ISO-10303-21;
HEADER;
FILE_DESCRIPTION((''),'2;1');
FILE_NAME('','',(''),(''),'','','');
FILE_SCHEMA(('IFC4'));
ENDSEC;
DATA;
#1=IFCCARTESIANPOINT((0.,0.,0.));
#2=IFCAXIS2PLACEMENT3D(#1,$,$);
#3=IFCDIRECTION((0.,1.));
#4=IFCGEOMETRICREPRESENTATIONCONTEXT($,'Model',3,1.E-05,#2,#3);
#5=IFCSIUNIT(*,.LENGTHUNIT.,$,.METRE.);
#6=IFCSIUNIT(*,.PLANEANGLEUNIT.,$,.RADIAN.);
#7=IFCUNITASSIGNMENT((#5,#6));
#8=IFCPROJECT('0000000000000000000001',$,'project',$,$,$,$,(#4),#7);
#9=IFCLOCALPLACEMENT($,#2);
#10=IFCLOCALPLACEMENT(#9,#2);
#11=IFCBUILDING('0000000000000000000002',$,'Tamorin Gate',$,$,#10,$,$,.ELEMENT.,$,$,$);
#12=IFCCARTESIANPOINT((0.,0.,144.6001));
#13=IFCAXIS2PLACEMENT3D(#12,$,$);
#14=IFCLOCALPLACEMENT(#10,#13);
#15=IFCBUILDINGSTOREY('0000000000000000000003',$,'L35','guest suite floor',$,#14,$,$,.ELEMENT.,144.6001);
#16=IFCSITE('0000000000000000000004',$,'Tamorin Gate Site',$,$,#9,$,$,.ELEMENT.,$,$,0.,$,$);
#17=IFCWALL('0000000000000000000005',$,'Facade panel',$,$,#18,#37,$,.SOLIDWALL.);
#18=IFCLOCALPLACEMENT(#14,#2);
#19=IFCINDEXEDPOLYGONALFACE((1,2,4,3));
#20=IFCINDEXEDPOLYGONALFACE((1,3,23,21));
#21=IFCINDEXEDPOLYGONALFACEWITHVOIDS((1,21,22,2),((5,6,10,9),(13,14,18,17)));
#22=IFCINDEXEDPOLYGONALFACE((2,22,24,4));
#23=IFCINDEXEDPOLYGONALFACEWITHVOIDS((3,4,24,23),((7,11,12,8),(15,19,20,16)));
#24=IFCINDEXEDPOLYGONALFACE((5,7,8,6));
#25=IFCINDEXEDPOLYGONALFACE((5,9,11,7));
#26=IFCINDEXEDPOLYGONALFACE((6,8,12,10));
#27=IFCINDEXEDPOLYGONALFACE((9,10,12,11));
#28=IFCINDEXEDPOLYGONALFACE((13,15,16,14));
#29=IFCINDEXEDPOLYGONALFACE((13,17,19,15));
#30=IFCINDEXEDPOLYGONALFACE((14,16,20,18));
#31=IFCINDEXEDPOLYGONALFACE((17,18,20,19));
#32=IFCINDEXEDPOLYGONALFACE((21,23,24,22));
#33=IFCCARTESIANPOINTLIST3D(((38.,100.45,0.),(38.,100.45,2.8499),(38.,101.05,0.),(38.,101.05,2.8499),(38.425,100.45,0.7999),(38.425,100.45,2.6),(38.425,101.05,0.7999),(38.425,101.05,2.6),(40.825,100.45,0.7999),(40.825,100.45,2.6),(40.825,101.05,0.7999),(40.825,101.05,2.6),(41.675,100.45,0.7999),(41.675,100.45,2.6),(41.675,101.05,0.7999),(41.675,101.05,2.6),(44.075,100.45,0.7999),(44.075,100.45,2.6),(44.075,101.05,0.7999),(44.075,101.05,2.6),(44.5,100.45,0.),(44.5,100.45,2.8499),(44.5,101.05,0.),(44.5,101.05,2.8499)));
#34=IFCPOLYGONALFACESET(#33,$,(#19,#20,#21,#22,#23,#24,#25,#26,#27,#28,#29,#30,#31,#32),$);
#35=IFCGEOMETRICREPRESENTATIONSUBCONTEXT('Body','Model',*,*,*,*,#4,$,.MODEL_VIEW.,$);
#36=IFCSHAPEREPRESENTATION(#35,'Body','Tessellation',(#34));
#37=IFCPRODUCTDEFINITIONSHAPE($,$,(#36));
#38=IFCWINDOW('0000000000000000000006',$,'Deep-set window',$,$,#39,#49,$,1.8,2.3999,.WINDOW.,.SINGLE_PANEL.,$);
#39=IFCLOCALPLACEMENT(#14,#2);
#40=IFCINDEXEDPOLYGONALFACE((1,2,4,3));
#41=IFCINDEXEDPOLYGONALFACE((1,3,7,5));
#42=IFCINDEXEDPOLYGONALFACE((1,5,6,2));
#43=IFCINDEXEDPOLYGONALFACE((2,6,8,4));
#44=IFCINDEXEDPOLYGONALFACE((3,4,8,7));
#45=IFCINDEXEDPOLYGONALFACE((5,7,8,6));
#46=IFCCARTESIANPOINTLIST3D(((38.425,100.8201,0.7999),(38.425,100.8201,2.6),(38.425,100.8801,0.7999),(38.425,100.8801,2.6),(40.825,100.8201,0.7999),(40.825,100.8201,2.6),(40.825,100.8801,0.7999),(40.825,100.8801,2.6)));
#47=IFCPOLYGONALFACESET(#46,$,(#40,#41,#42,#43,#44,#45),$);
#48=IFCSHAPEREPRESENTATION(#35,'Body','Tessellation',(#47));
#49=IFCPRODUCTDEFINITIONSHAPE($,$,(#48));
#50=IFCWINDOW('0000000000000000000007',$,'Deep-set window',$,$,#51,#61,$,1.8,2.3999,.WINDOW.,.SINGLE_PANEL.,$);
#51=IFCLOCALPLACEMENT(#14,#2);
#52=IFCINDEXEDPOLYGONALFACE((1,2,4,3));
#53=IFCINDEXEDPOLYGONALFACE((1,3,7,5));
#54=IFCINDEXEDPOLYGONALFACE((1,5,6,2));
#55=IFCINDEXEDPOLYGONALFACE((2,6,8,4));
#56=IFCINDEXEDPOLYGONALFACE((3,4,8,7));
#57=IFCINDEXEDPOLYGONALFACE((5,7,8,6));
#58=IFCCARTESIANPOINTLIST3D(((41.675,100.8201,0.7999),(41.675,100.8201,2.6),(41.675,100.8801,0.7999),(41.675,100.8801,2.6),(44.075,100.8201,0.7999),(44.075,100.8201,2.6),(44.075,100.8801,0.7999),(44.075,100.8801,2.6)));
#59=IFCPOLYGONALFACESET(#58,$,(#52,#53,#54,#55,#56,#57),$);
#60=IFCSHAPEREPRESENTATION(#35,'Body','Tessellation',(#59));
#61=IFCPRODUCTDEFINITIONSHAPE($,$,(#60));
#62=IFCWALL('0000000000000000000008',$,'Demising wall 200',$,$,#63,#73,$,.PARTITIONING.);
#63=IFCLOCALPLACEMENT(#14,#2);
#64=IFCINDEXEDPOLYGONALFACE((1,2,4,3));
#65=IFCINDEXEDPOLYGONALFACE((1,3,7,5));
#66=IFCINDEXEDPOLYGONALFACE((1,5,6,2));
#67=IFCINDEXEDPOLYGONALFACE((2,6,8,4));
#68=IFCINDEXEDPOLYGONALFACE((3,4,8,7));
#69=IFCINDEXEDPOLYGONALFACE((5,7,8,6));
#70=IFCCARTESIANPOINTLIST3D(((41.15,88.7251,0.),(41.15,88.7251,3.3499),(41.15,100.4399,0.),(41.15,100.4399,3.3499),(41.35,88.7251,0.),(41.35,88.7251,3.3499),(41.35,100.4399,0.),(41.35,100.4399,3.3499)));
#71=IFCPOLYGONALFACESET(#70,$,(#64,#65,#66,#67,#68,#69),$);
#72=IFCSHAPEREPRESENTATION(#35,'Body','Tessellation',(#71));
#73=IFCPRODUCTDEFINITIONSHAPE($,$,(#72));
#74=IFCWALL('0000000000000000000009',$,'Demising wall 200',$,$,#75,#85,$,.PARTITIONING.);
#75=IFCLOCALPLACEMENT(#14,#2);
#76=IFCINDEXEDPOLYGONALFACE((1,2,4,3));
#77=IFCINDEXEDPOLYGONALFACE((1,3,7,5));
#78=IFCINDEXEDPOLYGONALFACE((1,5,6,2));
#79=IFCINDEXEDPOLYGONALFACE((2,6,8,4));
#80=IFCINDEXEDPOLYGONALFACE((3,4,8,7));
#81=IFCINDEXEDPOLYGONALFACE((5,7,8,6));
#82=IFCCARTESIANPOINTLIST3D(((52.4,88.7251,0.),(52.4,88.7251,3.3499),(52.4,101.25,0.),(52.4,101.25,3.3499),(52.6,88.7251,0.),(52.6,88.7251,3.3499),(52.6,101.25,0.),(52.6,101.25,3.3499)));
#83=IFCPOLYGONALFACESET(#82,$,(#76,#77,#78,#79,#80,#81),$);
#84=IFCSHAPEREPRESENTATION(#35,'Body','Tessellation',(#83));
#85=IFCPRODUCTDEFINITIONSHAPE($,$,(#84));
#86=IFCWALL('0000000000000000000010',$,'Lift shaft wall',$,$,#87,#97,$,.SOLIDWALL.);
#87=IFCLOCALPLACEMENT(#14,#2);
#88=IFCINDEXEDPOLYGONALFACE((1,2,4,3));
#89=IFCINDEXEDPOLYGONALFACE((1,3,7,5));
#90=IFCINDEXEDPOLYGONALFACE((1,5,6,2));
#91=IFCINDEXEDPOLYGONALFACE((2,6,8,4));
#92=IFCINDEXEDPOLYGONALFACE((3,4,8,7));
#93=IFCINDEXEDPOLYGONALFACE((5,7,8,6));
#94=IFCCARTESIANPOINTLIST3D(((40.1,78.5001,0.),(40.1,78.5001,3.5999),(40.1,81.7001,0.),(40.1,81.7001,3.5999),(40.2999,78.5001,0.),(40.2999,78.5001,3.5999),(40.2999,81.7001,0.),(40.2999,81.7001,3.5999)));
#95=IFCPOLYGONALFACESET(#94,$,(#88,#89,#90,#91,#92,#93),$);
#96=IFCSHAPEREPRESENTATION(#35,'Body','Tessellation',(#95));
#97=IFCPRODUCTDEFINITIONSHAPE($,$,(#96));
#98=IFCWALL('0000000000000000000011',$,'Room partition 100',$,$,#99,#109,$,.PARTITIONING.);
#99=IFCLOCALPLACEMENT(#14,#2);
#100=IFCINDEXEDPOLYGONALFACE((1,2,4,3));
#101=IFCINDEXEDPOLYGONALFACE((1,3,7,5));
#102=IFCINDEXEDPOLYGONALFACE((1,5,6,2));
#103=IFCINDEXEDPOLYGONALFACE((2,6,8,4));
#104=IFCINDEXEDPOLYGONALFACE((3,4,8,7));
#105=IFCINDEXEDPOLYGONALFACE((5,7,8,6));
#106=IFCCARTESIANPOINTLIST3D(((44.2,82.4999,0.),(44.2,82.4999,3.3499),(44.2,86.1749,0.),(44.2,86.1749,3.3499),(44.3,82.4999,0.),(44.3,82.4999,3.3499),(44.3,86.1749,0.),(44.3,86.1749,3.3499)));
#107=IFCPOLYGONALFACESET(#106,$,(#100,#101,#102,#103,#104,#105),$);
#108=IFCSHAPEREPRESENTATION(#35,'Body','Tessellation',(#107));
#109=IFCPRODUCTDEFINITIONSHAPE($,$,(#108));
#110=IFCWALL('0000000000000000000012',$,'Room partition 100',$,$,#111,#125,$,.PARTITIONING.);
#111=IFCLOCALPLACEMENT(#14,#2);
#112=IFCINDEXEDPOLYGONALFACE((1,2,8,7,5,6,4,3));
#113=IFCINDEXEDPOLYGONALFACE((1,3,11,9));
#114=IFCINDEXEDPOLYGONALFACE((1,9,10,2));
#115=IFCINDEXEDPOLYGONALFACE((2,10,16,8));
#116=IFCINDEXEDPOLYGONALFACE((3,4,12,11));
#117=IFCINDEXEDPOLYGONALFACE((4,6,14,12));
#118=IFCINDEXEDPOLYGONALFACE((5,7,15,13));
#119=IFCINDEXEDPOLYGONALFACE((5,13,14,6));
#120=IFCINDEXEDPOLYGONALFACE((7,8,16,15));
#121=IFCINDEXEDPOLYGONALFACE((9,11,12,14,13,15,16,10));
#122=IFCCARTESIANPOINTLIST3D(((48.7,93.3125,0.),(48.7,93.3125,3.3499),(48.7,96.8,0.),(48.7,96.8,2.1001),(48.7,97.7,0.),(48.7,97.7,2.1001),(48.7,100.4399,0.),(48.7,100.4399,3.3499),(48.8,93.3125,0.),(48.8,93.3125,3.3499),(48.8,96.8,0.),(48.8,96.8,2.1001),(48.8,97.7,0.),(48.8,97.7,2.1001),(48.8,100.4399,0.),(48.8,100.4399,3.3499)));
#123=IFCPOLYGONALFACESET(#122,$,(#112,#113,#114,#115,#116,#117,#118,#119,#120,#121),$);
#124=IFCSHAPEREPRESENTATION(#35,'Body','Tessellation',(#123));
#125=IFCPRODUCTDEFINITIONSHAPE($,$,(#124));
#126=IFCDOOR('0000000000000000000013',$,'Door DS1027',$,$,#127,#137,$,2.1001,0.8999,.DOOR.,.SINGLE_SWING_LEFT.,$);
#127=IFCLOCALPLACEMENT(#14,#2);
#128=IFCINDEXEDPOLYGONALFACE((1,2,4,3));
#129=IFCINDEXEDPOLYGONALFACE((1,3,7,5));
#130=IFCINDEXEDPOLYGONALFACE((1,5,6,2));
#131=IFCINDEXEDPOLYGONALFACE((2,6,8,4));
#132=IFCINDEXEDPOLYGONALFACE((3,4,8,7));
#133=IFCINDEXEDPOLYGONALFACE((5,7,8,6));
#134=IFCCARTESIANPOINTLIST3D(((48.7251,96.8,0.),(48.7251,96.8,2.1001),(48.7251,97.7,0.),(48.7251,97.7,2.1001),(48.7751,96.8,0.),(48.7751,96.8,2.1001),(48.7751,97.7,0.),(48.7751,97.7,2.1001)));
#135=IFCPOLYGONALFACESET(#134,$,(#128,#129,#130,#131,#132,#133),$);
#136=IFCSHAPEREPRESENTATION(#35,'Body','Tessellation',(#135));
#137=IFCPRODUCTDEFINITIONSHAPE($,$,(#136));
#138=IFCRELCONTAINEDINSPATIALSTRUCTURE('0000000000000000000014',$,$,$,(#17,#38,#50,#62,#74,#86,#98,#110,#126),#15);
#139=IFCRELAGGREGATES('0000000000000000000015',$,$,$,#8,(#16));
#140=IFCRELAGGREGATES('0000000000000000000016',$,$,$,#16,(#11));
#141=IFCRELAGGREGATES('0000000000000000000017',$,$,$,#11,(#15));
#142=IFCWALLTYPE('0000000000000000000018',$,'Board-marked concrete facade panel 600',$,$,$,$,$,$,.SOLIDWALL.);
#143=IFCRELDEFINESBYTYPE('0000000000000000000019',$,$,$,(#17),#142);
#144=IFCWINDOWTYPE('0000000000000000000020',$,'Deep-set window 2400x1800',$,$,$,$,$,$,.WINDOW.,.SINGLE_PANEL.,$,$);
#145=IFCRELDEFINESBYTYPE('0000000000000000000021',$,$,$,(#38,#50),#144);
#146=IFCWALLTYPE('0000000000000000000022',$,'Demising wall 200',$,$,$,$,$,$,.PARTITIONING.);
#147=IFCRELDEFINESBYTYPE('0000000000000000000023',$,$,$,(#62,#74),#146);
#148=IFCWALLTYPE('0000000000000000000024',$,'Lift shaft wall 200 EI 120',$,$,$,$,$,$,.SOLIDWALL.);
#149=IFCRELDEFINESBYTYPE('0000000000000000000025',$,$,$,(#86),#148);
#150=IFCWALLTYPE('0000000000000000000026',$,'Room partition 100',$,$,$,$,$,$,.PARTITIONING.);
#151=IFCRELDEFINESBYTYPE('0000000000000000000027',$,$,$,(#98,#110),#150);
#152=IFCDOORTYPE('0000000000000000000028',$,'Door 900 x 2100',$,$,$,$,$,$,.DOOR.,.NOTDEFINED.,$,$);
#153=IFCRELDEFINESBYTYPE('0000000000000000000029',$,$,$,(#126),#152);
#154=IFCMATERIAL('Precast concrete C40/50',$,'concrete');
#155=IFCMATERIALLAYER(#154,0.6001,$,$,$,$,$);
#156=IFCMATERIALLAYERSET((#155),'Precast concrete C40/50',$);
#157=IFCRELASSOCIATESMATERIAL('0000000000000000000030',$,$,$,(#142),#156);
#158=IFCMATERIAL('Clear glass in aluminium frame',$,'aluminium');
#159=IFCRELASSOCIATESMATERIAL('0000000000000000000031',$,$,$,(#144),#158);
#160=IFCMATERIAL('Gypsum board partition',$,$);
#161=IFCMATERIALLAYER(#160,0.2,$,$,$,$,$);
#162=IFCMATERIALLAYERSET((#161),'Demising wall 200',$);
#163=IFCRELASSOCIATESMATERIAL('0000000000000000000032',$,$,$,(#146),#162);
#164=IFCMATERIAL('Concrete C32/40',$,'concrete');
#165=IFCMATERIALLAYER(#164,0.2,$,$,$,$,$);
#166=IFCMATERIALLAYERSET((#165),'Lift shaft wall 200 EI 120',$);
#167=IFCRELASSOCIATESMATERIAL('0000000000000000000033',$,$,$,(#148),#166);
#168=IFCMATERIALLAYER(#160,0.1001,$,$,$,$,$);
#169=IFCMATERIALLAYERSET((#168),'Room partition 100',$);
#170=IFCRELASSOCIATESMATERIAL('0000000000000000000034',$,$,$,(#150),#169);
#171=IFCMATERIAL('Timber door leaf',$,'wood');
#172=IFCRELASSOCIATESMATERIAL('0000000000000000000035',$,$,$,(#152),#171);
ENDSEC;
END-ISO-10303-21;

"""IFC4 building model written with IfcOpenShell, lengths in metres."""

from ifc_helpers import new_model, si_unit, direction, frame, frame_2d, origin, place, context, subcontext, project, spatial, rectangle, extrude, material, layer, layer_set, type_object, element, fill, save


model = new_model("IFC4")

# Units and contexts
model_context = context("Model", 3, precision=1e-05, world=origin(), true_north=direction((0.0, 1.0)))
body_context = subcontext(model_context, "Body", "Model", "MODEL_VIEW")
ifc_project = project(units=[si_unit("LENGTHUNIT", "METRE"), si_unit("PLANEANGLEUNIT", "RADIAN")], contexts=[model_context])

# Site, building, storey
site_placement = place(None, origin())
site = spatial("IfcSite", under=ifc_project, at=site_placement, Name="Tamorin Gate Site", CompositionType="ELEMENT", RefElevation=0.0)
building_placement = place(site_placement, origin())
building = spatial("IfcBuilding", under=site, at=building_placement, Name="Tamorin Gate", CompositionType="ELEMENT")
storey_placement = place(building_placement, frame((0.0, 0.0, 144.6001)))
storey = spatial("IfcBuildingStorey", under=building, at=storey_placement, Name="L35", Description="guest suite floor", CompositionType="ELEMENT", Elevation=144.6001)

# Wall, openings, windows
ifc_material_1 = material(Name="Precast concrete C40/50", Category="concrete")
ifc_layer_1 = layer(ifc_material_1, 0.6001)
ifc_layer_set_1 = layer_set([ifc_layer_1], Name="Precast concrete C40/50")
wall_type_1 = type_object("IfcWallType", Name="Board-marked concrete facade panel 600", PredefinedType="SOLIDWALL", material=ifc_layer_set_1)
ifc_material_2 = material(Name="Clear glass in aluminium frame", Category="aluminium")
window_type = type_object("IfcWindowType", Name="Deep-set window 2400x1800", PartitioningType="SINGLE_PANEL", PredefinedType="WINDOW", material=ifc_material_2)
wall_1_placement = place(storey_placement, frame((44.5, 100.75, 0.0), z_axis=(0.0, 0.0, 1.0), x_axis=(-1.0, 0.0, 0.0)))
wall_1 = element("IfcWall", 1, at=wall_1_placement, inside=storey, type_object=wall_type_1, Name="Facade panel", PredefinedType="SOLIDWALL", context=body_context, shape_type="SweptSolid", body=[
    extrude(rectangle(XDim=6.5, YDim=0.6001, at=frame_2d((3.25, 0.0))), origin(), (0.0, 0.0, 1.0), 2.8499),
])
opening_1_placement = place(wall_1_placement, frame((3.675, 0.0, 0.8)))
opening_1 = element("IfcOpeningElement", 2, at=opening_1_placement, cuts=wall_1, PredefinedType="OPENING", context=body_context, shape_type="SweptSolid", body=[
    extrude(rectangle(XDim=2.3999, YDim=1.8, at=frame_2d((1.2, 0.8999))), frame((0.0, 0.3101, 0.0), z_axis=(0.0, -1.0, 0.0), x_axis=(1.0, 0.0, 0.0)), (0.0, 0.0, 1.0), 0.6201),
])
opening_2_placement = place(wall_1_placement, frame((0.425, 0.0, 0.8)))
opening_2 = element("IfcOpeningElement", 3, at=opening_2_placement, cuts=wall_1, PredefinedType="OPENING", context=body_context, shape_type="SweptSolid", body=[
    extrude(rectangle(XDim=2.3999, YDim=1.8, at=frame_2d((1.2, 0.8999))), frame((0.0, 0.3101, 0.0), z_axis=(0.0, -1.0, 0.0), x_axis=(1.0, 0.0, 0.0)), (0.0, 0.0, 1.0), 0.6201),
])
window_1_placement = place(opening_1_placement, origin())
window_1 = element("IfcWindow", 4, at=window_1_placement, inside=storey, type_object=window_type, Name="Deep-set window", OverallHeight=1.8, OverallWidth=2.3999, PartitioningType="SINGLE_PANEL", PredefinedType="WINDOW", context=body_context, shape_type="SweptSolid", body=[
    extrude(rectangle(XDim=2.3999, YDim=1.8, at=frame_2d((1.2, 0.8999))), frame((0.0, -0.0701, 0.0), z_axis=(0.0, -1.0, 0.0), x_axis=(1.0, 0.0, 0.0)), (0.0, 0.0, 1.0), 0.0601),
])
fill(opening_1, window_1)
window_2_placement = place(opening_2_placement, origin())
window_2 = element("IfcWindow", 5, at=window_2_placement, inside=storey, type_object=window_type, Name="Deep-set window", OverallHeight=1.8, OverallWidth=2.3999, PartitioningType="SINGLE_PANEL", PredefinedType="WINDOW", context=body_context, shape_type="SweptSolid", body=[
    extrude(rectangle(XDim=2.3999, YDim=1.8, at=frame_2d((1.2, 0.8999))), frame((0.0, -0.0701, 0.0), z_axis=(0.0, -1.0, 0.0), x_axis=(1.0, 0.0, 0.0)), (0.0, 0.0, 1.0), 0.0601),
])
fill(opening_2, window_2)

# Walls
ifc_material_3 = material(Name="Gypsum board partition")
ifc_layer_2 = layer(ifc_material_3, 0.2)
ifc_layer_set_2 = layer_set([ifc_layer_2], Name="Demising wall 200")
wall_type_2 = type_object("IfcWallType", Name="Demising wall 200", PredefinedType="PARTITIONING", material=ifc_layer_set_2)
wall_2_placement = place(storey_placement, frame((41.25, 88.7251, 0.0), z_axis=(0.0, 0.0, 1.0), x_axis=(0.0, 1.0, 0.0)))
element("IfcWall", 6, at=wall_2_placement, inside=storey, type_object=wall_type_2, Name="Demising wall 200", PredefinedType="PARTITIONING", context=body_context, shape_type="SweptSolid", body=[
    extrude(rectangle(XDim=11.7148, YDim=0.2, at=frame_2d((5.8574, 0.0))), origin(), (0.0, 0.0, 1.0), 3.3499),
])
wall_3_placement = place(storey_placement, frame((52.5, 88.7251, 0.0), z_axis=(0.0, 0.0, 1.0), x_axis=(0.0, 1.0, 0.0)))
element("IfcWall", 7, at=wall_3_placement, inside=storey, type_object=wall_type_2, Name="Demising wall 200", PredefinedType="PARTITIONING", context=body_context, shape_type="SweptSolid", body=[
    extrude(rectangle(XDim=12.5249, YDim=0.2, at=frame_2d((6.2625, 0.0))), origin(), (0.0, 0.0, 1.0), 3.3499),
])
ifc_material_4 = material(Name="Concrete C32/40", Category="concrete")
ifc_layer_3 = layer(ifc_material_4, 0.2)
ifc_layer_set_3 = layer_set([ifc_layer_3], Name="Lift shaft wall 200 EI 120")
wall_type_3 = type_object("IfcWallType", Name="Lift shaft wall 200 EI 120", PredefinedType="SOLIDWALL", material=ifc_layer_set_3)
wall_4_placement = place(storey_placement, frame((40.2, 78.5, 0.0), z_axis=(0.0, 0.0, 1.0), x_axis=(0.0, 1.0, 0.0)))
element("IfcWall", 8, at=wall_4_placement, inside=storey, type_object=wall_type_3, Name="Lift shaft wall", PredefinedType="SOLIDWALL", context=body_context, shape_type="SweptSolid", body=[
    extrude(rectangle(XDim=3.2, YDim=0.2, at=frame_2d((1.6001, 0.0))), origin(), (0.0, 0.0, 1.0), 3.5999),
])
ifc_layer_4 = layer(ifc_material_3, 0.1001)
ifc_layer_set_4 = layer_set([ifc_layer_4], Name="Room partition 100")
wall_type_4 = type_object("IfcWallType", Name="Room partition 100", PredefinedType="PARTITIONING", material=ifc_layer_set_4)
wall_5_placement = place(storey_placement, frame((44.25, 82.5, 0.0), z_axis=(0.0, 0.0, 1.0), x_axis=(0.0, 1.0, 0.0)))
element("IfcWall", 9, at=wall_5_placement, inside=storey, type_object=wall_type_4, Name="Room partition 100", PredefinedType="PARTITIONING", context=body_context, shape_type="SweptSolid", body=[
    extrude(rectangle(XDim=3.675, YDim=0.1001, at=frame_2d((1.8374, 0.0))), origin(), (0.0, 0.0, 1.0), 3.3499),
])

# Wall, opening, door
wall_6_placement = place(storey_placement, frame((48.75, 93.3125, 0.0), z_axis=(0.0, 0.0, 1.0), x_axis=(0.0, 1.0, 0.0)))
wall_6 = element("IfcWall", 10, at=wall_6_placement, inside=storey, type_object=wall_type_4, Name="Room partition 100", PredefinedType="PARTITIONING", context=body_context, shape_type="SweptSolid", body=[
    extrude(rectangle(XDim=7.1274, YDim=0.1001, at=frame_2d((3.5637, 0.0))), origin(), (0.0, 0.0, 1.0), 3.3499),
])
opening_3_placement = place(wall_6_placement, frame((3.4875, 0.0, 0.0)))
opening_3 = element("IfcOpeningElement", 11, at=opening_3_placement, cuts=wall_6, PredefinedType="OPENING", context=body_context, shape_type="SweptSolid", body=[
    extrude(rectangle(XDim=0.8999, YDim=2.1001, at=frame_2d((0.45, 1.05))), frame((0.0, 0.0601, 0.0), z_axis=(0.0, -1.0, 0.0), x_axis=(1.0, 0.0, 0.0)), (0.0, 0.0, 1.0), 0.1201),
])
ifc_material_5 = material(Name="Timber door leaf", Category="wood")
door_type = type_object("IfcDoorType", Name="Door 900 x 2100", OperationType="NOTDEFINED", PredefinedType="DOOR", material=ifc_material_5)
door_1_placement = place(opening_3_placement, origin())
door_1 = element("IfcDoor", 12, at=door_1_placement, inside=storey, type_object=door_type, Name="Door DS1027", OperationType="SINGLE_SWING_LEFT", OverallHeight=2.1001, OverallWidth=0.8999, PredefinedType="DOOR", context=body_context, shape_type="SweptSolid", body=[
    extrude(rectangle(XDim=0.8999, YDim=2.1001, at=frame_2d((0.45, 1.05))), frame((0.0, 0.0249, 0.0), z_axis=(0.0, -1.0, 0.0), x_axis=(1.0, 0.0, 0.0)), (0.0, 0.0, 1.0), 0.05),
])
fill(opening_3, door_1)

save(model, "model.ifc")
